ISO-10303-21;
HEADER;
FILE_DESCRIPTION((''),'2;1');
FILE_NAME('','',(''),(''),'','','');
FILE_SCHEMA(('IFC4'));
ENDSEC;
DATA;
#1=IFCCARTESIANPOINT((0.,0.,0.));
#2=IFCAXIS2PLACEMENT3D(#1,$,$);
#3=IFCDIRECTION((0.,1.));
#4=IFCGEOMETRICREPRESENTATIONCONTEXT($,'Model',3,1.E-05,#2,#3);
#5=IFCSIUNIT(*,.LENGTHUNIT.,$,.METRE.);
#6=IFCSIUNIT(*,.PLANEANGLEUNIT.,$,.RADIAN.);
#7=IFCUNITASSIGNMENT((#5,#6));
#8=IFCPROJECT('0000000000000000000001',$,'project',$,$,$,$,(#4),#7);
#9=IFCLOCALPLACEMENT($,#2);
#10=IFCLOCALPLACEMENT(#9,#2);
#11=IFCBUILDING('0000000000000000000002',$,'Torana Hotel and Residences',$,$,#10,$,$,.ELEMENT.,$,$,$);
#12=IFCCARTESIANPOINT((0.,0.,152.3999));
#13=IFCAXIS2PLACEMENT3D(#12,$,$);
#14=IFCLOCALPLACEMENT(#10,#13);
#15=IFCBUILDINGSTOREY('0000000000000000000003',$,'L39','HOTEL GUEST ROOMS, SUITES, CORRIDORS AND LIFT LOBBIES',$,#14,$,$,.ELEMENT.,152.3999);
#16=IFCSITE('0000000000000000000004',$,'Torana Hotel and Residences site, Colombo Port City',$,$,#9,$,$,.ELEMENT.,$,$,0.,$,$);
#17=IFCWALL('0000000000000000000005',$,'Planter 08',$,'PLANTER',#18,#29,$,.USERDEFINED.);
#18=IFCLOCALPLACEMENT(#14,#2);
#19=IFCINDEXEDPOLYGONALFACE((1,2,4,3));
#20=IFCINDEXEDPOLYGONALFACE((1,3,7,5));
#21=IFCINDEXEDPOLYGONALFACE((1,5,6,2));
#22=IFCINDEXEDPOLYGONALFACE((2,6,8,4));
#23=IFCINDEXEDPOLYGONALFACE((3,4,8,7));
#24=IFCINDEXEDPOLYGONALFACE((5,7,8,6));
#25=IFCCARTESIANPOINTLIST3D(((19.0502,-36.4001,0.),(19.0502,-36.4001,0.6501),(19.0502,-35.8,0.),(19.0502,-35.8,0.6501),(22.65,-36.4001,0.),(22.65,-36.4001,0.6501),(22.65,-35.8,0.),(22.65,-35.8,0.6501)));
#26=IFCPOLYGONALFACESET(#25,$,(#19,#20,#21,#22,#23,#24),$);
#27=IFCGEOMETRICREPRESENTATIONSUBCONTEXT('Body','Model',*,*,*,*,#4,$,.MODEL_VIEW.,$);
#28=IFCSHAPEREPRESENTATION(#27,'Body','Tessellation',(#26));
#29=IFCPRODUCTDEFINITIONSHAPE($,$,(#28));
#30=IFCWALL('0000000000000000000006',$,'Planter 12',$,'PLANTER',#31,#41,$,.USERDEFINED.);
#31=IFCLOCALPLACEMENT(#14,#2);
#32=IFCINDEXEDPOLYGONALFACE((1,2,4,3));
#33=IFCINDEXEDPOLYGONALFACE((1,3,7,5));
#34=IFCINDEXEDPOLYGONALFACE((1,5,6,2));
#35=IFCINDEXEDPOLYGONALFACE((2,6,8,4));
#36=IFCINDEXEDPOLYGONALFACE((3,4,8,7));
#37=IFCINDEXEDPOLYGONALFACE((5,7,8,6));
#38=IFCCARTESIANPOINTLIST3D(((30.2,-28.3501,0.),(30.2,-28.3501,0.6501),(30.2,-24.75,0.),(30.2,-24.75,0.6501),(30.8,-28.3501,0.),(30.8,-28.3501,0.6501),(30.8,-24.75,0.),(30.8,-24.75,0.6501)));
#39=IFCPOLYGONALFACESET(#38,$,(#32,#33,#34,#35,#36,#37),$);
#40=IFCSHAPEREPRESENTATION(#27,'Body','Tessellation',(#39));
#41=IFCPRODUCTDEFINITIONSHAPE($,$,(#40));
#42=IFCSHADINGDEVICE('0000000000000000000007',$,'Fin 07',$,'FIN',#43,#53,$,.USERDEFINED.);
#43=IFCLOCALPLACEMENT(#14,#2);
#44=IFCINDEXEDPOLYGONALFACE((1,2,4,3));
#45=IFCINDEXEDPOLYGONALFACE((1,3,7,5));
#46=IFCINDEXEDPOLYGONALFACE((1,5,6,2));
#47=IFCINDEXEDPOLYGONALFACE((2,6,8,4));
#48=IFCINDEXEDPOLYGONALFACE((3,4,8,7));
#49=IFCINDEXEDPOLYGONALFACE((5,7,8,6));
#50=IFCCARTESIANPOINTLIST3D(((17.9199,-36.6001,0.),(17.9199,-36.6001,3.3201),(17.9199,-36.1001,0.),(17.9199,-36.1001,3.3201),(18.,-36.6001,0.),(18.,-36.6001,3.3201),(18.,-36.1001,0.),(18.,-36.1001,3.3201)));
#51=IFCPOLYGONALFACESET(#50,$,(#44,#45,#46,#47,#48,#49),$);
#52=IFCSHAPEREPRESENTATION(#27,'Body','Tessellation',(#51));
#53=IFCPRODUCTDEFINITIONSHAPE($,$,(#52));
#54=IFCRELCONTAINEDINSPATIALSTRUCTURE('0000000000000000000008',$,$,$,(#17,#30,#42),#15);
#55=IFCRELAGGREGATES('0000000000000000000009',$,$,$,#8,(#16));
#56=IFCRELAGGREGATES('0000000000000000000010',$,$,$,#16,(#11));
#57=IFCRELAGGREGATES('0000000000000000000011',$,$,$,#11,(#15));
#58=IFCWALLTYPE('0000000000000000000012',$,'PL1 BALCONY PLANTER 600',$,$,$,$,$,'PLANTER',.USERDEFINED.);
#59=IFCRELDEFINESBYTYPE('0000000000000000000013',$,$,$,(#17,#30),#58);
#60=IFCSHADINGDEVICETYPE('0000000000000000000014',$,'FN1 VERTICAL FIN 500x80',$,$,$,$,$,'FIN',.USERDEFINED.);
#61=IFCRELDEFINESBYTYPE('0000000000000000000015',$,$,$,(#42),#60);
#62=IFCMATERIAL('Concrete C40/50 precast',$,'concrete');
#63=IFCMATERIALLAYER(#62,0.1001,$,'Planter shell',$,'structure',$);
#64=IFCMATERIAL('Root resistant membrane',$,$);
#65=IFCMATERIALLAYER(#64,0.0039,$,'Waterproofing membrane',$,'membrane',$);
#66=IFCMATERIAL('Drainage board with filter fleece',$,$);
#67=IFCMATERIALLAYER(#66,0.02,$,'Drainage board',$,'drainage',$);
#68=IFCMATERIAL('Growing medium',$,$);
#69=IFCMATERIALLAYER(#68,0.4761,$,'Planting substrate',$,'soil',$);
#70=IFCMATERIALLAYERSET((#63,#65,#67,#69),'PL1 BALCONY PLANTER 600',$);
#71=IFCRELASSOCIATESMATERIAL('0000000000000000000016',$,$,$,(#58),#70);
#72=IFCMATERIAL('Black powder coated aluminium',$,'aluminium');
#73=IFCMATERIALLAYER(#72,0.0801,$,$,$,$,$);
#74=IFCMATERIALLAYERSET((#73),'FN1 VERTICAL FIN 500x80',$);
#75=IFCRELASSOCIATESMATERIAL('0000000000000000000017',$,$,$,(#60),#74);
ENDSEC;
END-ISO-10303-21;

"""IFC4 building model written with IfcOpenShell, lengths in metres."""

from ifc_helpers import new_model, si_unit, direction, frame, frame_2d, origin, origin_2d, place, context, subcontext, project, spatial, rectangle, extrude, material, layer, layer_set, type_object, element, save


model = new_model("IFC4")

# Units and contexts
model_context = context("Model", 3, precision=1e-05, world=origin(), true_north=direction((0.0, 1.0)))
body_context = subcontext(model_context, "Body", "Model", "MODEL_VIEW")
ifc_project = project(units=[si_unit("LENGTHUNIT", "METRE"), si_unit("PLANEANGLEUNIT", "RADIAN")], contexts=[model_context])

# Site, building, storey
site_placement = place(None, origin())
site = spatial("IfcSite", under=ifc_project, at=site_placement, Name="Torana Hotel and Residences site, Colombo Port City", CompositionType="ELEMENT", RefElevation=0.0)
building_placement = place(site_placement, origin())
building = spatial("IfcBuilding", under=site, at=building_placement, Name="Torana Hotel and Residences", CompositionType="ELEMENT")
storey_placement = place(building_placement, frame((0.0, 0.0, 152.3999)))
storey = spatial("IfcBuildingStorey", under=building, at=storey_placement, Name="L39", Description="HOTEL GUEST ROOMS, SUITES, CORRIDORS AND LIFT LOBBIES", CompositionType="ELEMENT", Elevation=152.3999)

# Walls
ifc_material_1 = material(Name="Concrete C40/50 precast", Category="concrete")
ifc_layer_1 = layer(ifc_material_1, 0.1001, Name="Planter shell", Category="structure")
ifc_material_2 = material(Name="Root resistant membrane")
ifc_layer_2 = layer(ifc_material_2, 0.0039, Name="Waterproofing membrane", Category="membrane")
ifc_material_3 = material(Name="Drainage board with filter fleece")
ifc_layer_3 = layer(ifc_material_3, 0.02, Name="Drainage board", Category="drainage")
ifc_material_4 = material(Name="Growing medium")
ifc_layer_4 = layer(ifc_material_4, 0.4761, Name="Planting substrate", Category="soil")
ifc_layer_set_1 = layer_set([ifc_layer_1, ifc_layer_2, ifc_layer_3, ifc_layer_4], Name="PL1 BALCONY PLANTER 600")
wall_type_1 = type_object("IfcWallType", Name="PL1 BALCONY PLANTER 600", ElementType="PLANTER", PredefinedType="USERDEFINED", material=ifc_layer_set_1)
wall_1_placement = place(storey_placement, frame((22.6499, -36.1001, 0.0), z_axis=(0.0, 0.0, 1.0), x_axis=(-1.0, 0.0, 0.0)))
element("IfcWall", 1, at=wall_1_placement, inside=storey, type_object=wall_type_1, Name="Planter 08", ObjectType="PLANTER", PredefinedType="USERDEFINED", context=body_context, shape_type="SweptSolid", body=[
    extrude(rectangle(XDim=3.5999, YDim=0.6001, at=frame_2d((1.7998, 0.0))), origin(), (0.0, 0.0, 1.0), 0.6501),
])
wall_2_placement = place(storey_placement, frame((30.5, -24.75, 0.0), z_axis=(0.0, 0.0, 1.0), x_axis=(0.0, -1.0, 0.0)))
element("IfcWall", 2, at=wall_2_placement, inside=storey, type_object=wall_type_1, Name="Planter 12", ObjectType="PLANTER", PredefinedType="USERDEFINED", context=body_context, shape_type="SweptSolid", body=[
    extrude(rectangle(XDim=3.6001, YDim=0.6001, at=frame_2d((1.8, 0.0))), origin(), (0.0, 0.0, 1.0), 0.6501),
])

# Shading device
ifc_material_5 = material(Name="Black powder coated aluminium", Category="aluminium")
ifc_layer_5 = layer(ifc_material_5, 0.0801)
ifc_layer_set_2 = layer_set([ifc_layer_5], Name="FN1 VERTICAL FIN 500x80")
shading_device_type = type_object("IfcShadingDeviceType", Name="FN1 VERTICAL FIN 500x80", ElementType="FIN", PredefinedType="USERDEFINED", material=ifc_layer_set_2)
shading_device_placement = place(storey_placement, frame((17.96, -36.3501, 0.0), z_axis=(0.0, 0.0, 1.0), x_axis=(-1.0, 0.0, 0.0)))
element("IfcShadingDevice", 3, at=shading_device_placement, inside=storey, type_object=shading_device_type, Name="Fin 07", ObjectType="FIN", PredefinedType="USERDEFINED", context=body_context, shape_type="SweptSolid", body=[
    extrude(rectangle(XDim=0.0801, YDim=0.5, at=origin_2d()), origin(), (0.0, 0.0, 1.0), 3.3201),
])

save(model, "model.ifc")
